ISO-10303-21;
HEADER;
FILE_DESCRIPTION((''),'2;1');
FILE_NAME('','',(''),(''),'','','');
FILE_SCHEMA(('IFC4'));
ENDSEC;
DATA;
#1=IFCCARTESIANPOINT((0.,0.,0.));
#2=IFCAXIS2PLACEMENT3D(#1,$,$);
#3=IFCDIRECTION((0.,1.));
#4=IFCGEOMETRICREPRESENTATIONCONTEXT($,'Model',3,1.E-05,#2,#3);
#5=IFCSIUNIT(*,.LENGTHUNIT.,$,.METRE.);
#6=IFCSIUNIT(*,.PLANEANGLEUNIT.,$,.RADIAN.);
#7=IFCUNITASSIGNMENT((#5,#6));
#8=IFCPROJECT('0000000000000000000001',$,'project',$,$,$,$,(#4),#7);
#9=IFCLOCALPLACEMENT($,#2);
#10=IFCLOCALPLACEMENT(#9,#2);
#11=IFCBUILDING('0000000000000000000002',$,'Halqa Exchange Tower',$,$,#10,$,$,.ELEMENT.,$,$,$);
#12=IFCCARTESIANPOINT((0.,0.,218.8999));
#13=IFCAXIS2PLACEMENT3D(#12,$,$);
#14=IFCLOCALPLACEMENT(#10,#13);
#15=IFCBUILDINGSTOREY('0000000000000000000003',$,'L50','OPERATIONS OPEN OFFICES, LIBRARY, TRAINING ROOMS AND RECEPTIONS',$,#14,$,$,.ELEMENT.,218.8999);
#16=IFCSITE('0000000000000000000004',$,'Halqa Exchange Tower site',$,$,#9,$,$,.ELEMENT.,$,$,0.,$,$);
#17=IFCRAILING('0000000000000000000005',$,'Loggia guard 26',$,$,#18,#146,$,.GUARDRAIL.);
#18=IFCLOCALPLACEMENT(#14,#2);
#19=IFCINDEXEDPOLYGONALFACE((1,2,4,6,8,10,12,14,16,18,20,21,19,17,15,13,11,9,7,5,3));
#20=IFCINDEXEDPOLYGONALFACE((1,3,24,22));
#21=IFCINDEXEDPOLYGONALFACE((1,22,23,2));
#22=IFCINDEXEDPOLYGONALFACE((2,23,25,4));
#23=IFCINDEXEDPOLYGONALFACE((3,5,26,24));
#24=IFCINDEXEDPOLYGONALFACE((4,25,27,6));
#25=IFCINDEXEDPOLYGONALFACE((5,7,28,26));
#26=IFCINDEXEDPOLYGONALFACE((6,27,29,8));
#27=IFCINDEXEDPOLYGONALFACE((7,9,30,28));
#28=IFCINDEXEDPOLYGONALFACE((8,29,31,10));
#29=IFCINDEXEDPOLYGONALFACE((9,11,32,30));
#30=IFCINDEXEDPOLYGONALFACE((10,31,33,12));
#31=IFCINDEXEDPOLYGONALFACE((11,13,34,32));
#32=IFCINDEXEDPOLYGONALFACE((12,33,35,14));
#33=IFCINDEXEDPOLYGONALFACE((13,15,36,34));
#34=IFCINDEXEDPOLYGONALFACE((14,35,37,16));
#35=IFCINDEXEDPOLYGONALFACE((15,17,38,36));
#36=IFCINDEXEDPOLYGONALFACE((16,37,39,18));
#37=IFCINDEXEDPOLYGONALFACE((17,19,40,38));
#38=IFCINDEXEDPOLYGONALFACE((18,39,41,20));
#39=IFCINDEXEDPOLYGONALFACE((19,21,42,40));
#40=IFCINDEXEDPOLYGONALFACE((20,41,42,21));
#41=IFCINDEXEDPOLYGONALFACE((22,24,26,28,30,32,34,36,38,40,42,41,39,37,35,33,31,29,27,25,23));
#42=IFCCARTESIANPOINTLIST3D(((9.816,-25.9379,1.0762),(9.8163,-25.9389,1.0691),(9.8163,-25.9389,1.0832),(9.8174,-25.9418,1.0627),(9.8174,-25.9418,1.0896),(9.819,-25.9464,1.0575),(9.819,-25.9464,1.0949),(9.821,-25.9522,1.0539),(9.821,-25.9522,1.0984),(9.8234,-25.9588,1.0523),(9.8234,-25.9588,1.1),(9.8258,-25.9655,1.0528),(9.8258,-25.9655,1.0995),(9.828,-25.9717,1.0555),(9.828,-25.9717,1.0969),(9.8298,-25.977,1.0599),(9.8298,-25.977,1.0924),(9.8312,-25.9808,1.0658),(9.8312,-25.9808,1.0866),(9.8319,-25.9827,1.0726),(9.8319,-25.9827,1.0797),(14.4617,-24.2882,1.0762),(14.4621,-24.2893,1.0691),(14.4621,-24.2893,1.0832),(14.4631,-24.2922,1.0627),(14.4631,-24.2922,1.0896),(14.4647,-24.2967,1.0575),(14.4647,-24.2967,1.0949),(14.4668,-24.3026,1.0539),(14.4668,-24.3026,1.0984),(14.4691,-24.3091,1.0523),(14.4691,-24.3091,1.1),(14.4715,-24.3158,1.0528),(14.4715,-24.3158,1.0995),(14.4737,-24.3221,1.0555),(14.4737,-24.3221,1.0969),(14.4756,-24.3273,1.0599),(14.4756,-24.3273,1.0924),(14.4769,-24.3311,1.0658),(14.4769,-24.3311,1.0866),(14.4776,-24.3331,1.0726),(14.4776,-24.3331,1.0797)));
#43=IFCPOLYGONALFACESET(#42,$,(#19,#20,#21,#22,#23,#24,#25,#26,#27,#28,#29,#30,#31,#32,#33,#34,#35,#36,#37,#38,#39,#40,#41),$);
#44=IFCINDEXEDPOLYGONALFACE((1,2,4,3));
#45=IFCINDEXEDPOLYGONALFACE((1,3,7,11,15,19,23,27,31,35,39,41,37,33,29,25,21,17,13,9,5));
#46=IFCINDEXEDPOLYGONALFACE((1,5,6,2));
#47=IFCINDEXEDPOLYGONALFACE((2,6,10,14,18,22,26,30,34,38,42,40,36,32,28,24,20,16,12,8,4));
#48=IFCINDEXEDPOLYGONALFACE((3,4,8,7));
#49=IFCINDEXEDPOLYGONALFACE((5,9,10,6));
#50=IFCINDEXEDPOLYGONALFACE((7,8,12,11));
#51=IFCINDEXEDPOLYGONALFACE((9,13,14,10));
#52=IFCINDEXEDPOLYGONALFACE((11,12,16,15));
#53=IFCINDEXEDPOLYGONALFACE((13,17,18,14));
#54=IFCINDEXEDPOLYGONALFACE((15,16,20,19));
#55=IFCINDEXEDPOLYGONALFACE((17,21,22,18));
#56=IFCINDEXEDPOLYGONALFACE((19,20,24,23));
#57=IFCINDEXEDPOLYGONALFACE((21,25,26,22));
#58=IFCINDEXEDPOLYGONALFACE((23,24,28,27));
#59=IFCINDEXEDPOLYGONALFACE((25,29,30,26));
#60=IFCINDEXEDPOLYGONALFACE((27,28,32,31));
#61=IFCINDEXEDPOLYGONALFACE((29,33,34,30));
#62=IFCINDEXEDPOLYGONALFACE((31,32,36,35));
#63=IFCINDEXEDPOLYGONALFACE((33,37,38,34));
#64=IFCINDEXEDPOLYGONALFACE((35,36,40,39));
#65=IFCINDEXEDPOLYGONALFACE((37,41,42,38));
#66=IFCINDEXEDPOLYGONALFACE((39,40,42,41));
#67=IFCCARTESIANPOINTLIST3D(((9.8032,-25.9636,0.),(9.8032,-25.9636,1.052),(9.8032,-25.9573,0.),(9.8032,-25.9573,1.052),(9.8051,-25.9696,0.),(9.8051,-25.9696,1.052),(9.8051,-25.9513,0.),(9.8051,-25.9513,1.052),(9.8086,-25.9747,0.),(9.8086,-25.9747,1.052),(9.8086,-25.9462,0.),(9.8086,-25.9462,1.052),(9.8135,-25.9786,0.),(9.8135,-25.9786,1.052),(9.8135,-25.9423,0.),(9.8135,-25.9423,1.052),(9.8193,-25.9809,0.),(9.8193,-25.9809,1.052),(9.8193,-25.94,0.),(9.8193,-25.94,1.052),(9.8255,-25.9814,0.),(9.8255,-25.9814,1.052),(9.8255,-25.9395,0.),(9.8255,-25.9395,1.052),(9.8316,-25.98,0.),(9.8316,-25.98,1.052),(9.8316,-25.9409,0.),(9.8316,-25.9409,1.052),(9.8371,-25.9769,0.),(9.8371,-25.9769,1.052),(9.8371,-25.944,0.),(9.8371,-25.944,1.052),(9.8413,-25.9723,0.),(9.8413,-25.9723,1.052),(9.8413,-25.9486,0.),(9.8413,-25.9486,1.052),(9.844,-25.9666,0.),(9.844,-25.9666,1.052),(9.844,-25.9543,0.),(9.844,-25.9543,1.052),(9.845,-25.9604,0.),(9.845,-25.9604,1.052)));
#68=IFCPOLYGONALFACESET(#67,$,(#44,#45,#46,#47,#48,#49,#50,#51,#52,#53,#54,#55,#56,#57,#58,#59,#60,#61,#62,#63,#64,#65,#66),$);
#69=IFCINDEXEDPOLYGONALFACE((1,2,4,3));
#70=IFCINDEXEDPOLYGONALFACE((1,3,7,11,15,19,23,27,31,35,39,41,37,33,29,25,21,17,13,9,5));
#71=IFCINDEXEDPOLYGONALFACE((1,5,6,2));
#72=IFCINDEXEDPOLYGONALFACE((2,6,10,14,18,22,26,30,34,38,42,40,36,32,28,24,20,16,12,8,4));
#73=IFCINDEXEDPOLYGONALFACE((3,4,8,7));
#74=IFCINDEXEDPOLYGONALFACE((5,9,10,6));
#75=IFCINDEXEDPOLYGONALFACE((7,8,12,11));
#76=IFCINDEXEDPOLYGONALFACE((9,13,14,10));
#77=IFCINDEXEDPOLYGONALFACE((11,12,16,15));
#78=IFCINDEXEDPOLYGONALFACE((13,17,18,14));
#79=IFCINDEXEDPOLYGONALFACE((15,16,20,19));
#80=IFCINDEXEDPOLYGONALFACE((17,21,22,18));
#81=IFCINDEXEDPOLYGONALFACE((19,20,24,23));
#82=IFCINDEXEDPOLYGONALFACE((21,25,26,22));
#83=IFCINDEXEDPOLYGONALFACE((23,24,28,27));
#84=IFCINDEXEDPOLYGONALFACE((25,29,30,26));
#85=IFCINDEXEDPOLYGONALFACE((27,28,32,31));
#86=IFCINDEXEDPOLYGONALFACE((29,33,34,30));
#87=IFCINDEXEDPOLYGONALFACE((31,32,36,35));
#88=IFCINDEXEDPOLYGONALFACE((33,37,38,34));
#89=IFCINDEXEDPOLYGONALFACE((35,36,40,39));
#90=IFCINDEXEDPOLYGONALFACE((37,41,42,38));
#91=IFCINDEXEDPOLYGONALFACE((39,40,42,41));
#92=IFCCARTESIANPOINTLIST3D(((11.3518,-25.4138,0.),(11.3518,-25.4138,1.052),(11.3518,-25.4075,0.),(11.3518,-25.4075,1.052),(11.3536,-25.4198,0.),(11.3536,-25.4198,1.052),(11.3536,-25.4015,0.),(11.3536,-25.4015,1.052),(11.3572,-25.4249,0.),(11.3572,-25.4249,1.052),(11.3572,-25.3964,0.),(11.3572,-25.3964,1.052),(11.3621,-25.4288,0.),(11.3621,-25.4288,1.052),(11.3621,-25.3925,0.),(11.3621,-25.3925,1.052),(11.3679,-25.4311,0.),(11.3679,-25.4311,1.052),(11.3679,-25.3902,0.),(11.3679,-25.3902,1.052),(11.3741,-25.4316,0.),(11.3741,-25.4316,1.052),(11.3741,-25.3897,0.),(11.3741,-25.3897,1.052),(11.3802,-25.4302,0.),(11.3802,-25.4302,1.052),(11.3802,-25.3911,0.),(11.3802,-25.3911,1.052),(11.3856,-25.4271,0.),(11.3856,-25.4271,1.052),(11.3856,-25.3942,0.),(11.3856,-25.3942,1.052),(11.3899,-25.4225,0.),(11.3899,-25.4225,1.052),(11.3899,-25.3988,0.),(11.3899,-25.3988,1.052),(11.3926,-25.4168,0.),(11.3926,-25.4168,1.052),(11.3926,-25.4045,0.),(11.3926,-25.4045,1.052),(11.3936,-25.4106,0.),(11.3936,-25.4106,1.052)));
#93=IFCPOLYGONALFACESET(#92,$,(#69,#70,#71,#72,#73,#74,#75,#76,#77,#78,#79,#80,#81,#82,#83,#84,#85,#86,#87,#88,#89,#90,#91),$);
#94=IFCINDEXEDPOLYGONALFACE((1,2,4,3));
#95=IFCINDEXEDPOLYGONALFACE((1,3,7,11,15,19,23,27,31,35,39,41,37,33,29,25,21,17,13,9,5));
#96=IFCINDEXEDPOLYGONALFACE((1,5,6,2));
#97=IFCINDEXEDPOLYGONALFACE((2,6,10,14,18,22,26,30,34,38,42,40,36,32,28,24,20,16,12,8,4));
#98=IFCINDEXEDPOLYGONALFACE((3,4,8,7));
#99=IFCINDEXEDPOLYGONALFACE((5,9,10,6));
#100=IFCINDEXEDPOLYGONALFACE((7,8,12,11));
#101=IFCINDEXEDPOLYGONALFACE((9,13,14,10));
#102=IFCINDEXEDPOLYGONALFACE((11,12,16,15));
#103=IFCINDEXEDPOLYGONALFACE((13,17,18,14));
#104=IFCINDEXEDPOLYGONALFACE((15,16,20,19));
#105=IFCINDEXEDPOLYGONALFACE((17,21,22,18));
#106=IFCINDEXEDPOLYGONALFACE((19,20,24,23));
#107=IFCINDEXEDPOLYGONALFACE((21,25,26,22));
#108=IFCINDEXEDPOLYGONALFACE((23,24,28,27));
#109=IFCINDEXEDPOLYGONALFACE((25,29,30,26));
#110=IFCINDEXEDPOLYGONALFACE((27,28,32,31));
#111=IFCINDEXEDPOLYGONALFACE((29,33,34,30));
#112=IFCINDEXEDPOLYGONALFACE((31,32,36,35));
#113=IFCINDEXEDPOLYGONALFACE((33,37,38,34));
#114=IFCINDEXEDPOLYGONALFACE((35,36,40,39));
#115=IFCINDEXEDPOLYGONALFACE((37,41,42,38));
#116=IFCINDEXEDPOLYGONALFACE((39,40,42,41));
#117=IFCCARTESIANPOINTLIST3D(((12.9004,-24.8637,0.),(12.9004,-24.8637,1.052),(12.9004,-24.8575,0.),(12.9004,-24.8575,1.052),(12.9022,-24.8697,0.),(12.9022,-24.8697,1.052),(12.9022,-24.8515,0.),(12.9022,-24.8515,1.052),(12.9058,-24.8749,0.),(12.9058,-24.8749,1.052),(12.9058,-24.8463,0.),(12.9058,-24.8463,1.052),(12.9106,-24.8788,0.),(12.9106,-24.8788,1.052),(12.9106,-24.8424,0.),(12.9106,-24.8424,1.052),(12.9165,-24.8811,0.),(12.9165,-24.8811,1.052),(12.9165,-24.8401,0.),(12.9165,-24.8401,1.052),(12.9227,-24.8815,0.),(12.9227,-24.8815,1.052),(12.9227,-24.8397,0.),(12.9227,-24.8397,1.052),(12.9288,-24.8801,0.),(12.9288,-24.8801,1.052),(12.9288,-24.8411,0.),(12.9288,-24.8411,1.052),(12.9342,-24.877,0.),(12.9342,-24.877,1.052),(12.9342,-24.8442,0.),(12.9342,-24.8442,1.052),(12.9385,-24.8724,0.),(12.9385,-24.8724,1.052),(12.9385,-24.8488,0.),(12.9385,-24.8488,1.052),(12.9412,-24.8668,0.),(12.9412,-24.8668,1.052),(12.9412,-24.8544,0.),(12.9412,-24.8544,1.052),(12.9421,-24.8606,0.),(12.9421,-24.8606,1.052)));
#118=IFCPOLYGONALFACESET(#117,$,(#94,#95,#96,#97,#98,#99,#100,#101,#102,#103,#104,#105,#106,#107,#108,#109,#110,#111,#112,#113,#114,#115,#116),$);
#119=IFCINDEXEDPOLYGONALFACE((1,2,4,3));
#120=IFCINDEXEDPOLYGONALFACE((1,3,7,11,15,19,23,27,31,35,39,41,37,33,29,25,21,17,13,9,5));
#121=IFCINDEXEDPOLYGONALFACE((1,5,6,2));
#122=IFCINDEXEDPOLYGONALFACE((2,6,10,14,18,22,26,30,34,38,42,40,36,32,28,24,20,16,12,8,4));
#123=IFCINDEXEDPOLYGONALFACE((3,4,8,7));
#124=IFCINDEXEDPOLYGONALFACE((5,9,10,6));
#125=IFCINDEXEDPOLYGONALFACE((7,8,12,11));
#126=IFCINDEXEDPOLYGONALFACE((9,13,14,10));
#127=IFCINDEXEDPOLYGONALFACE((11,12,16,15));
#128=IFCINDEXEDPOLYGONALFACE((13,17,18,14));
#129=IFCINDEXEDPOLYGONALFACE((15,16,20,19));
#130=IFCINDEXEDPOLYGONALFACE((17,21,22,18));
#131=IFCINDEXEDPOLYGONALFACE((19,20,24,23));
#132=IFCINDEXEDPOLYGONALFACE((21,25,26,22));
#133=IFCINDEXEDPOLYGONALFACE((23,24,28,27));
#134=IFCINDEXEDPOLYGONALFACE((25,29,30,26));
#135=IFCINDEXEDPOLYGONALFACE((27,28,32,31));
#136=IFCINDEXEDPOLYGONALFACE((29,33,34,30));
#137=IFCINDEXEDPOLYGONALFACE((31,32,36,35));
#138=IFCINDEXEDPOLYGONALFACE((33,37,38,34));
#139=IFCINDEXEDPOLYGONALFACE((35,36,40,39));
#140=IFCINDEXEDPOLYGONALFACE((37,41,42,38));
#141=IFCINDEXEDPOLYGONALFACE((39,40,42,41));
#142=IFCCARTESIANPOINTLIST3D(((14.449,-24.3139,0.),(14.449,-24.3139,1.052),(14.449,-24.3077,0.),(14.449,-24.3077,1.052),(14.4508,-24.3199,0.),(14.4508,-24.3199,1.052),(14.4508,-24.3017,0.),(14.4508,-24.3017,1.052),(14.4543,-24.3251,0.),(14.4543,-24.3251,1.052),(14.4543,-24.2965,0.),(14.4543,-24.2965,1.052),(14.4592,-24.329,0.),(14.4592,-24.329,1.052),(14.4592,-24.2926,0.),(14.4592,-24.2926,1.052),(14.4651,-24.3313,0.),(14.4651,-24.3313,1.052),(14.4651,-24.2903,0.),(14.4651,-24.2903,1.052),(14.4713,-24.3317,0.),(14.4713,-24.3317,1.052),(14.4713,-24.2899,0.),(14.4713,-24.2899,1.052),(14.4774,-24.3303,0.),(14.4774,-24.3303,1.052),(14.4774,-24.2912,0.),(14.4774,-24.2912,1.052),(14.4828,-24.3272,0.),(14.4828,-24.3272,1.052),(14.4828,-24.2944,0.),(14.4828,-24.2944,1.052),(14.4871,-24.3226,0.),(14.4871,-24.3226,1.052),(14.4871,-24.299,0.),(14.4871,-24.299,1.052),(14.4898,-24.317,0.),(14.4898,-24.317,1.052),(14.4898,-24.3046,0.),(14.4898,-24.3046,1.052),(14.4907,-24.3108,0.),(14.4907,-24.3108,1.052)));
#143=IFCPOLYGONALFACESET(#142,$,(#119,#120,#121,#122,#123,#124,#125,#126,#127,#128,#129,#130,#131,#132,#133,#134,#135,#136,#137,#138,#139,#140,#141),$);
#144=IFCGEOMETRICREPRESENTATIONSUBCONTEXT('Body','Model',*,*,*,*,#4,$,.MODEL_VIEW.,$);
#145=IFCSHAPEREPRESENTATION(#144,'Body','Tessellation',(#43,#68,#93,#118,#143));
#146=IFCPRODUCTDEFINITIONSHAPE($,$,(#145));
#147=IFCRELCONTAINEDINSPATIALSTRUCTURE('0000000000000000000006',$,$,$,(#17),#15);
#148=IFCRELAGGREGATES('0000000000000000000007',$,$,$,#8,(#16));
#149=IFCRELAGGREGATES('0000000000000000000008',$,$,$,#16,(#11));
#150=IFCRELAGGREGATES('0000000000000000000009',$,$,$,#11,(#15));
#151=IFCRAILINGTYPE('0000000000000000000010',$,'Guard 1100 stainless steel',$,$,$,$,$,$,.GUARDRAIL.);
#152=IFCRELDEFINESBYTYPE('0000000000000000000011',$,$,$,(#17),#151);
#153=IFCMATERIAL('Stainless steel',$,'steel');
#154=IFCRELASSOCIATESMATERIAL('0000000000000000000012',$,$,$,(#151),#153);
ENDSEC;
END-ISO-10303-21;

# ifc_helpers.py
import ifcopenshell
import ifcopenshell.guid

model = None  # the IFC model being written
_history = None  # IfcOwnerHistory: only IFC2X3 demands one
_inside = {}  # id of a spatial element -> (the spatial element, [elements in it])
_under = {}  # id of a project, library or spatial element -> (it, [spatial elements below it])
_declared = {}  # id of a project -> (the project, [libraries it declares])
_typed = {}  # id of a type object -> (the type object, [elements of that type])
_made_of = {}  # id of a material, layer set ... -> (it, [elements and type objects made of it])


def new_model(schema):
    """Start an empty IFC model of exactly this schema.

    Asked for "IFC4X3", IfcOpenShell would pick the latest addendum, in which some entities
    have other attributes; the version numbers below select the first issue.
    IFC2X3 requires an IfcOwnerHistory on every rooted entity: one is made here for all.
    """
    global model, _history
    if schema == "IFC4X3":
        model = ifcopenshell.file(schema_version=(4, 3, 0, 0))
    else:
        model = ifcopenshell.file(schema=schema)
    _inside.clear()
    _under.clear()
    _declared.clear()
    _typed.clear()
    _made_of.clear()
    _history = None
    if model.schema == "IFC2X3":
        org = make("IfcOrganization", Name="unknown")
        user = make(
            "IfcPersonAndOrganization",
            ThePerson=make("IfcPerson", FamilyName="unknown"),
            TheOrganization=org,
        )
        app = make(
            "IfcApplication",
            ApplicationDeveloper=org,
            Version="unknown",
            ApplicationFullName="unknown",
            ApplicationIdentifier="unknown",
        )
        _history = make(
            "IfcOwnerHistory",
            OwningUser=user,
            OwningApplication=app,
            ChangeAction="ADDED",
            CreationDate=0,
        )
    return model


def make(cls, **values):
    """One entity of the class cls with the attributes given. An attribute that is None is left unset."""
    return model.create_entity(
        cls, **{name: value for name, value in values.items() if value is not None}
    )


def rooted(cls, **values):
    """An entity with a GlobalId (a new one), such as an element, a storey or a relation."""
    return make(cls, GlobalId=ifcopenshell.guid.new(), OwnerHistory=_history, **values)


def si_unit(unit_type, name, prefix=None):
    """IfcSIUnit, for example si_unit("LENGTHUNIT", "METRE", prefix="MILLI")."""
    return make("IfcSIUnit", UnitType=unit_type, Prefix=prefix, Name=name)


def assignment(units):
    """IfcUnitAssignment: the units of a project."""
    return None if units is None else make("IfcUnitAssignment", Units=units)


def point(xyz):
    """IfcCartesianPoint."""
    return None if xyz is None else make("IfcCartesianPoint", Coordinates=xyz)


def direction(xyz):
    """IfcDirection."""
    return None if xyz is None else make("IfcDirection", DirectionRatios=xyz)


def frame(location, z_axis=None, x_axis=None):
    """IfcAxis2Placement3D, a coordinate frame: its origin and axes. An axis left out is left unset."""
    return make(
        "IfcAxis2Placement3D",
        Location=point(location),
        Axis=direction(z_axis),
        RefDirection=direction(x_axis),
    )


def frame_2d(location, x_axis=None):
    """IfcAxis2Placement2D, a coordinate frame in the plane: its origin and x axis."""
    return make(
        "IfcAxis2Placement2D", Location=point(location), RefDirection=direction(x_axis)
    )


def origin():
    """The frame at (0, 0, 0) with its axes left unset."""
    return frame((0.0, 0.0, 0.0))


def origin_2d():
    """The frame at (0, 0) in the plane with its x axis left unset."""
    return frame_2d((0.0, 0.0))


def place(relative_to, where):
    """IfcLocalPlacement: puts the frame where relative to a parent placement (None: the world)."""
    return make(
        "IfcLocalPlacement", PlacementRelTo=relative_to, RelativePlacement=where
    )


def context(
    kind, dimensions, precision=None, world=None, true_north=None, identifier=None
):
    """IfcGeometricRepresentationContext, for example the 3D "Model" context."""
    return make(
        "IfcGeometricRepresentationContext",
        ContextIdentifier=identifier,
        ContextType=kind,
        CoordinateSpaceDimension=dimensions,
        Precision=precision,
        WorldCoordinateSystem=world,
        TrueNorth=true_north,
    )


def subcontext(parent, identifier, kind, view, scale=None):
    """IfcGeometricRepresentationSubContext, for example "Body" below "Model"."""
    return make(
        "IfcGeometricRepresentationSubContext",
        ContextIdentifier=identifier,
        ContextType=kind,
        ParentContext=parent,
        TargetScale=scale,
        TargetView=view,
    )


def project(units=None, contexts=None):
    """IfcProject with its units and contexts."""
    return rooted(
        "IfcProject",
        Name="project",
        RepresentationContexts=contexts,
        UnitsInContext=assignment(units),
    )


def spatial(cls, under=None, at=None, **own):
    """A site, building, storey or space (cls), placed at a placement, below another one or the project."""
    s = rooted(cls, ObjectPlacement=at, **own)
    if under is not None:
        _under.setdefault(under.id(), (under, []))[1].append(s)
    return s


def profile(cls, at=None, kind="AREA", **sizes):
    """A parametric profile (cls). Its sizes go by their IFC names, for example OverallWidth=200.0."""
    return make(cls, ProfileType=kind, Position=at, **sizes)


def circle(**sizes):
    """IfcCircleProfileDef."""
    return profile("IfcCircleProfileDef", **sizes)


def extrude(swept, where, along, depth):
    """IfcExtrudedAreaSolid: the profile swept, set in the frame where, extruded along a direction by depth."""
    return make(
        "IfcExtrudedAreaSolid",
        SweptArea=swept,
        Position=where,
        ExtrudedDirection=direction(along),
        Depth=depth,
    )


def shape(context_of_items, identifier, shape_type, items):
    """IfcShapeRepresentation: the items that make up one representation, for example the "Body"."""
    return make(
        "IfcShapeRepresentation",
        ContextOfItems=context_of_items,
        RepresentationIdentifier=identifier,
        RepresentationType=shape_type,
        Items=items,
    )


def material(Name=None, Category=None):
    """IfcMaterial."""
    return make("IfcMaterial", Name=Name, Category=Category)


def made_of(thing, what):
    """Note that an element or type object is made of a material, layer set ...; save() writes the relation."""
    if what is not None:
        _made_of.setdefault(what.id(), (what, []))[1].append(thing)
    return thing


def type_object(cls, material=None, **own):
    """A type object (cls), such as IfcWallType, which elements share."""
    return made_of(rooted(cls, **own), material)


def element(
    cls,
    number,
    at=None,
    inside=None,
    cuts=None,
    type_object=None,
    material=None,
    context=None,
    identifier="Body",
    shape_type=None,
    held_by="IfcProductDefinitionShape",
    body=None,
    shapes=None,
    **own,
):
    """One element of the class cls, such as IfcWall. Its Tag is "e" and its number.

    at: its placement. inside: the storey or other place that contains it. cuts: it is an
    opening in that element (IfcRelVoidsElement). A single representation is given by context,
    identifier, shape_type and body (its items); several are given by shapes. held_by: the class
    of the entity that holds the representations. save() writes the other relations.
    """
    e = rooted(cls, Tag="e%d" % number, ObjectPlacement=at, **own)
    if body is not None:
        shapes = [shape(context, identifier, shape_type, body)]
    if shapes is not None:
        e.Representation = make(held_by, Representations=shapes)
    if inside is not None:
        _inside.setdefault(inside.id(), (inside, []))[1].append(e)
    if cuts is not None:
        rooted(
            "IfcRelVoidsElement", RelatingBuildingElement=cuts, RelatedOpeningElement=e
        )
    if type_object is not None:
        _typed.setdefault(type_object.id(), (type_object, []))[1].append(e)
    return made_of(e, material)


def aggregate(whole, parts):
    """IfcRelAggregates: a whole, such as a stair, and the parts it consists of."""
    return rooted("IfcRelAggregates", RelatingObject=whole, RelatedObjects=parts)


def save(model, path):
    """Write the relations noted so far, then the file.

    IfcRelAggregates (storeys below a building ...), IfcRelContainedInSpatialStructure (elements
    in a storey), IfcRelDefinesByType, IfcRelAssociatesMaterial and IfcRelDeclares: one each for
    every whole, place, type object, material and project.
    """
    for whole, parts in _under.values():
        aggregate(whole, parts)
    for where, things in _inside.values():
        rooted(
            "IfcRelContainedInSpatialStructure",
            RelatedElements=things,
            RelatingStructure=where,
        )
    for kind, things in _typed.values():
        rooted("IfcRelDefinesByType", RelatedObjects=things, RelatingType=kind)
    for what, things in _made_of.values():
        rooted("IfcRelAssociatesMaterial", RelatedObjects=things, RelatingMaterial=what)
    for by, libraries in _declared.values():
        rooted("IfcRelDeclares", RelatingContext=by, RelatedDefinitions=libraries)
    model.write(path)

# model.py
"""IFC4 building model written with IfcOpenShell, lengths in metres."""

from ifc_helpers import new_model, si_unit, direction, frame, origin, origin_2d, place, context, subcontext, project, spatial, circle, extrude, material, type_object, element, save


model = new_model("IFC4")

# Units and contexts
model_context = context("Model", 3, precision=1e-05, world=origin(), true_north=direction((0.0, 1.0)))
body_context = subcontext(model_context, "Body", "Model", "MODEL_VIEW")
ifc_project = project(units=[si_unit("LENGTHUNIT", "METRE"), si_unit("PLANEANGLEUNIT", "RADIAN")], contexts=[model_context])

# Site, building, storey
site_placement = place(None, origin())
site = spatial("IfcSite", under=ifc_project, at=site_placement, Name="Halqa Exchange Tower site", CompositionType="ELEMENT", RefElevation=0.0)
building_placement = place(site_placement, origin())
building = spatial("IfcBuilding", under=site, at=building_placement, Name="Halqa Exchange Tower", CompositionType="ELEMENT")
storey_placement = place(building_placement, frame((0.0, 0.0, 218.8999)))
storey = spatial("IfcBuildingStorey", under=building, at=storey_placement, Name="L50", Description="OPERATIONS OPEN OFFICES, LIBRARY, TRAINING ROOMS AND RECEPTIONS", CompositionType="ELEMENT", Elevation=218.8999)

# Railing
ifc_material_1 = material(Name="Stainless steel", Category="steel")
railing_type = type_object("IfcRailingType", Name="Guard 1100 stainless steel", PredefinedType="GUARDRAIL", material=ifc_material_1)
railing_1_placement = place(storey_placement, frame((9.824, -25.9604, 0.0)))
element("IfcRailing", 1, at=railing_1_placement, inside=storey, type_object=railing_type, Name="Loggia guard 26", PredefinedType="GUARDRAIL", context=body_context, shape_type="SweptSolid", body=[
    extrude(circle(Radius=0.0239, at=origin_2d()), frame((0.0, 0.0, 1.0762), z_axis=(0.942353, 0.33462, 0.0), x_axis=(-0.33462, 0.942353, 0.0)), (0.0, 0.0, 1.0), 4.9299),
    extrude(circle(Radius=0.021, at=origin_2d()), origin(), (0.0, 0.0, 1.0), 1.052),
    extrude(circle(Radius=0.021, at=origin_2d()), frame((1.5486, 0.5498, 0.0)), (0.0, 0.0, 1.0), 1.052),
    extrude(circle(Radius=0.021, at=origin_2d()), frame((3.0972, 1.0999, 0.0)), (0.0, 0.0, 1.0), 1.052),
    extrude(circle(Radius=0.021, at=origin_2d()), frame((4.6458, 1.6497, 0.0)), (0.0, 0.0, 1.0), 1.052),
])

save(model, "model.ifc")
